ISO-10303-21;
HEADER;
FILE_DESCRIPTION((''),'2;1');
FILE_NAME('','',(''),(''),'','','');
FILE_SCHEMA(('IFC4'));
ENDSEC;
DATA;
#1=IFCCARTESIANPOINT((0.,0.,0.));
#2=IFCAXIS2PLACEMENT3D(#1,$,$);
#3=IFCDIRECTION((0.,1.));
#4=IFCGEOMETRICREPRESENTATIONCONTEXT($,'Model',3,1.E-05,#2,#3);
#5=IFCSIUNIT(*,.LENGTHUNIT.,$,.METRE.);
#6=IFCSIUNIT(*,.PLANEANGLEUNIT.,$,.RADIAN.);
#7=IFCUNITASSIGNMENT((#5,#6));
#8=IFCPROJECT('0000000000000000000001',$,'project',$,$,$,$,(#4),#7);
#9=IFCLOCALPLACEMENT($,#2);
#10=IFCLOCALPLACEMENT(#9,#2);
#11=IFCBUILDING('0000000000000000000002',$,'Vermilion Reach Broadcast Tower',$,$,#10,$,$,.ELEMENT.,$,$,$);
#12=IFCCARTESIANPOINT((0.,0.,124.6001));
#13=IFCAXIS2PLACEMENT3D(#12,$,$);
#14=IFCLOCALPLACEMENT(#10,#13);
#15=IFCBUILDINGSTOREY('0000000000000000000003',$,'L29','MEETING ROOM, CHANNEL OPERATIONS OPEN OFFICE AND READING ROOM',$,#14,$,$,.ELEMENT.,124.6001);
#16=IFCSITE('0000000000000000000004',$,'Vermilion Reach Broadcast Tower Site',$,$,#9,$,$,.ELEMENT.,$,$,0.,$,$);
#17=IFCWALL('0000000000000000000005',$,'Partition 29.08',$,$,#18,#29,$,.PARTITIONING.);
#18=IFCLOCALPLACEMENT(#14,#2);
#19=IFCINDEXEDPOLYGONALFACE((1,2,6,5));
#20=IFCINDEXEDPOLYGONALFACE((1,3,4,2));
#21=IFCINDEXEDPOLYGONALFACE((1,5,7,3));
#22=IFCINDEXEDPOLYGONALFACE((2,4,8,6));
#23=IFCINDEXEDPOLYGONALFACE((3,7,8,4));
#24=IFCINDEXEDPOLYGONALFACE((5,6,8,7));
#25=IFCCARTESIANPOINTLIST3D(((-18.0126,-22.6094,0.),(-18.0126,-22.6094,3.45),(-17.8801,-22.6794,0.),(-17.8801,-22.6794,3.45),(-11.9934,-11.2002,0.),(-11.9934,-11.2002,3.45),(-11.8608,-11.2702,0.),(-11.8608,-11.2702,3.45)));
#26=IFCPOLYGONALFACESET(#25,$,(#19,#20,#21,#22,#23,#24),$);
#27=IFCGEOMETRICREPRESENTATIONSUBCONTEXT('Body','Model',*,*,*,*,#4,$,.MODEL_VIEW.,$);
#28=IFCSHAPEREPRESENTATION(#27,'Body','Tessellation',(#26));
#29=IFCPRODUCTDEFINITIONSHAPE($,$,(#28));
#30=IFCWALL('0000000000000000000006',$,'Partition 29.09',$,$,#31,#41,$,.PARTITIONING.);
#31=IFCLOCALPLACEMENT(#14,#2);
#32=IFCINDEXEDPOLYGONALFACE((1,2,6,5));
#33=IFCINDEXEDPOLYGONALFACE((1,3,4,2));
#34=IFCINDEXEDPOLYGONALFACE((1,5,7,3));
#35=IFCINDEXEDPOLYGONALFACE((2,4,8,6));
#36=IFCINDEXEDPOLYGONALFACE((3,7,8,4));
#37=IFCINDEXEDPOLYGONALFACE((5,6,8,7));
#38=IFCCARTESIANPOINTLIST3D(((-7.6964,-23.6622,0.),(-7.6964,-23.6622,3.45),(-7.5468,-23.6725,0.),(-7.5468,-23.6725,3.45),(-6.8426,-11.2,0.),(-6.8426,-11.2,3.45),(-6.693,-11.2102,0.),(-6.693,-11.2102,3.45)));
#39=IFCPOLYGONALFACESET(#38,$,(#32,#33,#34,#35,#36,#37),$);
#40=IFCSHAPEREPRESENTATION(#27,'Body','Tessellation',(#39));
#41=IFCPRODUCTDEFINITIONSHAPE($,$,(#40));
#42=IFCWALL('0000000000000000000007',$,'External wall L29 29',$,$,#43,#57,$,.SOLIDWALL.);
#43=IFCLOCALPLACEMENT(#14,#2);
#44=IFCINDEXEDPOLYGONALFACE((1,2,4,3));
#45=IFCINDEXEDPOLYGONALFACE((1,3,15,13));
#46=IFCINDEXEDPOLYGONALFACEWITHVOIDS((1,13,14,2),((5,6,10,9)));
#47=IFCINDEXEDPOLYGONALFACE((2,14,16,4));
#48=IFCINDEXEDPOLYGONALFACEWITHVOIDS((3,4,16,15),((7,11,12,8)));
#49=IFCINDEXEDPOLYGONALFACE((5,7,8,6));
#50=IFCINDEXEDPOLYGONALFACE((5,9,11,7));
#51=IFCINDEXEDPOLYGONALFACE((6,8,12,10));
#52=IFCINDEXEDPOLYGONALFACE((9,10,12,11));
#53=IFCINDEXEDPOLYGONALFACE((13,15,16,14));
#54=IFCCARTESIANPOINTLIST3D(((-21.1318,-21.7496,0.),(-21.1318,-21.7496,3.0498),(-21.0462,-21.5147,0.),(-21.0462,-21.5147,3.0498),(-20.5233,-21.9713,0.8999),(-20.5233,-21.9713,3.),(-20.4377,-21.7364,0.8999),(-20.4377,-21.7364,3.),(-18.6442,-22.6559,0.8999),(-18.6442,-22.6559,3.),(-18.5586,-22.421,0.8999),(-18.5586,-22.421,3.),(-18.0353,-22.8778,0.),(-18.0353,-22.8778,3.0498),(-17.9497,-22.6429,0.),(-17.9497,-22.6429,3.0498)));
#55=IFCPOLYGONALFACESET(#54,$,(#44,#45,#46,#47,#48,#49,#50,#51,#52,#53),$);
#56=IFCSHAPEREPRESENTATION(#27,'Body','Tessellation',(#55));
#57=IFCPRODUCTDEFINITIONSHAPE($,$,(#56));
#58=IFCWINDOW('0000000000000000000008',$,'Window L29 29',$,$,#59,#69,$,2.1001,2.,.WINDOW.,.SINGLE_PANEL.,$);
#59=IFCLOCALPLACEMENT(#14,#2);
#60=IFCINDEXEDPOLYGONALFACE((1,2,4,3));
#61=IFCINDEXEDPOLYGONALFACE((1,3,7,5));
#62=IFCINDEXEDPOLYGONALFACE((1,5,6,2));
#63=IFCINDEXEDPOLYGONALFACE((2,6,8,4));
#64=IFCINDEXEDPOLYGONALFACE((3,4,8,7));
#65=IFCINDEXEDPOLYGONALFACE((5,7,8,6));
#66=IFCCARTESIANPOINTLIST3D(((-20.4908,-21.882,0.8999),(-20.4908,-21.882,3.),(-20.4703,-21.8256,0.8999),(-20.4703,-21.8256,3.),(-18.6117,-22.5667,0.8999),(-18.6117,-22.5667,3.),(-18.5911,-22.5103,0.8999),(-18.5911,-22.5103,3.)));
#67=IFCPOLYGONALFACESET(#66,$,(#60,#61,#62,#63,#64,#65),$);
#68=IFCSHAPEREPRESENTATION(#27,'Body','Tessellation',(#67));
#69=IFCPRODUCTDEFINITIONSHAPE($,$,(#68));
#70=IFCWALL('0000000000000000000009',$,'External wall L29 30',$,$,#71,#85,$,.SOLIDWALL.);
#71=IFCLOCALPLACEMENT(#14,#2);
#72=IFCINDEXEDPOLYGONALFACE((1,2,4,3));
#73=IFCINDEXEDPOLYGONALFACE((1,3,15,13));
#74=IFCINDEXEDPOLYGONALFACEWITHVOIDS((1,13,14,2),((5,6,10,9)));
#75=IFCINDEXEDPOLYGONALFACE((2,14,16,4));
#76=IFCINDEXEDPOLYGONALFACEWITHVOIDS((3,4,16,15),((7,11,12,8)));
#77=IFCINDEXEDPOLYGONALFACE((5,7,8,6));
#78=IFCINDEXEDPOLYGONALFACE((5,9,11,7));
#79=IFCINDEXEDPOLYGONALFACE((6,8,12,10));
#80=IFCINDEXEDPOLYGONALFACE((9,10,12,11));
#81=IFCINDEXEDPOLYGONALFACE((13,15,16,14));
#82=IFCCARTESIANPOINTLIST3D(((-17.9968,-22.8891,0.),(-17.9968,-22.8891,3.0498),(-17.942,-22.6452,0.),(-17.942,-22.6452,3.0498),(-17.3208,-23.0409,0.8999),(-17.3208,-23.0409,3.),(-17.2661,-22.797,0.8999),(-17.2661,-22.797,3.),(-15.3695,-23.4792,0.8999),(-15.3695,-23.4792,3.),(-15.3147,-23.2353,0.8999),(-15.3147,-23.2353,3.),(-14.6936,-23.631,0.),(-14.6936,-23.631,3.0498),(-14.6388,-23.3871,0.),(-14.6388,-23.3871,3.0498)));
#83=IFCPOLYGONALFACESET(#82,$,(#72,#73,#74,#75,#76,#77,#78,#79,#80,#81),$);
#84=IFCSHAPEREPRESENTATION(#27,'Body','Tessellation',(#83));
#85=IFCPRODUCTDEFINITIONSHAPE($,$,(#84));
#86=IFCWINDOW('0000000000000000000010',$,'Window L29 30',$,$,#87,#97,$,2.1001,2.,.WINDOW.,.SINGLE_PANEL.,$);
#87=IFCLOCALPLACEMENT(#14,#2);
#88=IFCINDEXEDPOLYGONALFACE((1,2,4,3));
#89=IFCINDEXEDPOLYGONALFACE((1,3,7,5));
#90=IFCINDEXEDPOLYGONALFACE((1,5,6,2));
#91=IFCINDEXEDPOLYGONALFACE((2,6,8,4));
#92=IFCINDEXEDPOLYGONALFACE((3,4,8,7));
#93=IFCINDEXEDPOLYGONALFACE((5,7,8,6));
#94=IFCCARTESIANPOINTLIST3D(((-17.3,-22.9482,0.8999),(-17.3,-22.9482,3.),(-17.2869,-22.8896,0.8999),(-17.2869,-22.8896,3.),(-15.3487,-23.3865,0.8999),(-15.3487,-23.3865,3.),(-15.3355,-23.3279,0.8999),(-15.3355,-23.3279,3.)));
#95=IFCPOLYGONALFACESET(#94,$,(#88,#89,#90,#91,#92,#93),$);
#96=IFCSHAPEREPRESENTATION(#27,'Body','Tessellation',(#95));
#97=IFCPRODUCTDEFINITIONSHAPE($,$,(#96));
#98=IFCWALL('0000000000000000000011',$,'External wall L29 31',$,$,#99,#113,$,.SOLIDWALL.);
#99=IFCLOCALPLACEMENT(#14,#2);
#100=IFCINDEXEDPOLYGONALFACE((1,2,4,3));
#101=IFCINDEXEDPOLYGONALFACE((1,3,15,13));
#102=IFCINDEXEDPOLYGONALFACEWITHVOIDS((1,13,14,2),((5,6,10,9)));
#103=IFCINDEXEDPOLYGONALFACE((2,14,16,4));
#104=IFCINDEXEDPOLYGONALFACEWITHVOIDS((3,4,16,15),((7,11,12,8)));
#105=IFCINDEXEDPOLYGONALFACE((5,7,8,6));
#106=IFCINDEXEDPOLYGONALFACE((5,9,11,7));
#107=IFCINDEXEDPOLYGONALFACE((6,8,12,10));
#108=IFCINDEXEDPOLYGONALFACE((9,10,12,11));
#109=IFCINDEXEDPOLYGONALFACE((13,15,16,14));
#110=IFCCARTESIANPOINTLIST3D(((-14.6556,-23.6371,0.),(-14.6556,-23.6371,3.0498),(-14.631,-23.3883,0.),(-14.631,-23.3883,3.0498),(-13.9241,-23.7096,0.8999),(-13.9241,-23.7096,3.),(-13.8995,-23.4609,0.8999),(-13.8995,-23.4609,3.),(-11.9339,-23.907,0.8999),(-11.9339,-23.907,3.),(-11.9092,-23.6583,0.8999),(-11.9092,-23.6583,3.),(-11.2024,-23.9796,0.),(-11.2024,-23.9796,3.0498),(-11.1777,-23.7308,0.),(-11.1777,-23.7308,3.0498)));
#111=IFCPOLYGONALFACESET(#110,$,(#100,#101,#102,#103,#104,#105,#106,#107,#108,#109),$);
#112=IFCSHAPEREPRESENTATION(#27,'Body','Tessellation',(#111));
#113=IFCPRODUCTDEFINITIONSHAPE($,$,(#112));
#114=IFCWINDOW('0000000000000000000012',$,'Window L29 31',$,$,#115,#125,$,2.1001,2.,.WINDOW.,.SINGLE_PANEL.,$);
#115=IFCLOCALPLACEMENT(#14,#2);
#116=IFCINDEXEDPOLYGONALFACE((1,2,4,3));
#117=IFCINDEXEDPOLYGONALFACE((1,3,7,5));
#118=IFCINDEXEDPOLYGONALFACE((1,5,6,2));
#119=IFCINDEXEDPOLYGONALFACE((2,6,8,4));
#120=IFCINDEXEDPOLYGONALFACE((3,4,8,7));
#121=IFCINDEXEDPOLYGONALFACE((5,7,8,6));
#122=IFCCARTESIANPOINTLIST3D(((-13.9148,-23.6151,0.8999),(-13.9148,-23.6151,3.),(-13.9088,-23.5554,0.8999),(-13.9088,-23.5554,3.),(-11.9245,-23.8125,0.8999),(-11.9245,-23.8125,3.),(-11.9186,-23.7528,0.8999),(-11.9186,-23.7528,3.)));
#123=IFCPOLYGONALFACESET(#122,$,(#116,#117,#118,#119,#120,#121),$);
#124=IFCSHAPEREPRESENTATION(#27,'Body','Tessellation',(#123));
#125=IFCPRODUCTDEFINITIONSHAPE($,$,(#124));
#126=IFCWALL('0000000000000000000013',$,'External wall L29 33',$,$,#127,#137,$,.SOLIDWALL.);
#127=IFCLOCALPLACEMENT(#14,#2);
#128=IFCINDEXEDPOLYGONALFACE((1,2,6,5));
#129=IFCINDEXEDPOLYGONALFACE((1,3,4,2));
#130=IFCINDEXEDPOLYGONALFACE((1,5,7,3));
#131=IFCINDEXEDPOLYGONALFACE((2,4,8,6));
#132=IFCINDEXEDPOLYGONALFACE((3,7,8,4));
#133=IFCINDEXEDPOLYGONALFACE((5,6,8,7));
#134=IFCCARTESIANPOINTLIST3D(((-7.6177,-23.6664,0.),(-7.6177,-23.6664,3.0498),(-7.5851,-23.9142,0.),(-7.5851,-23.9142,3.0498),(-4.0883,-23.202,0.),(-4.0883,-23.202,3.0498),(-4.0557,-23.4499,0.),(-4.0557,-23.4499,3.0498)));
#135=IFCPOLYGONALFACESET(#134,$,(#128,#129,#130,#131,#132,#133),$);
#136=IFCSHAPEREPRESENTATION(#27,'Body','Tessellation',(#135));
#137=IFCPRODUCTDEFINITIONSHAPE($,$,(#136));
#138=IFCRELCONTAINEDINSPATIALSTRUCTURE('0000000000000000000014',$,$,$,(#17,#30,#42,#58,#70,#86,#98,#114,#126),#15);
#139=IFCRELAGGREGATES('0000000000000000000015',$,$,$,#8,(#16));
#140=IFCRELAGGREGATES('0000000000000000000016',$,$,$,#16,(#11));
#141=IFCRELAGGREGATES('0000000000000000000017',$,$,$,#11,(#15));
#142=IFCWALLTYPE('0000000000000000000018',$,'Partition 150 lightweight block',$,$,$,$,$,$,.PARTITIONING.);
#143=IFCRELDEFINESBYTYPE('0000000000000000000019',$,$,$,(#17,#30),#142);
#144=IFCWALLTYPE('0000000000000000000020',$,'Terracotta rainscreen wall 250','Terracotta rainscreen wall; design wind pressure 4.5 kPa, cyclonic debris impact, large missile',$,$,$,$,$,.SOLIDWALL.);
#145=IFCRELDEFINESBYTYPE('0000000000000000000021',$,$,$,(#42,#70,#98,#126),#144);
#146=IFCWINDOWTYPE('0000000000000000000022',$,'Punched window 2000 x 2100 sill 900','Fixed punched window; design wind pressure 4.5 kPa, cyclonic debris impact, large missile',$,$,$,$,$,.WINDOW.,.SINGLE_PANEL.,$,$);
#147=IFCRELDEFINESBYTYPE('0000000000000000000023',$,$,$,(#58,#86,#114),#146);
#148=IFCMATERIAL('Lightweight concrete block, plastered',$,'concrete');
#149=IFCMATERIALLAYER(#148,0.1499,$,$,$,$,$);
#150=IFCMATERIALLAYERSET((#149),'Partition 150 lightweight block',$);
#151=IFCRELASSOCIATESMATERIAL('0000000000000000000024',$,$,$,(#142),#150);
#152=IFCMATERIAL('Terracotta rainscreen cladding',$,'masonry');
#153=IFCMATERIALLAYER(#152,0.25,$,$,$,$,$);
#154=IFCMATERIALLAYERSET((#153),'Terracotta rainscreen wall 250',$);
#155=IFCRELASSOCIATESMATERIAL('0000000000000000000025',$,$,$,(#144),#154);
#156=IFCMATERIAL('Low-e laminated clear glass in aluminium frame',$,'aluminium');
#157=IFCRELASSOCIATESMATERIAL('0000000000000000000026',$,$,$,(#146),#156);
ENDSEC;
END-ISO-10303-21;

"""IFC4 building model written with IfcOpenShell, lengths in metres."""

from ifc_helpers import new_model, si_unit, direction, frame, frame_2d, origin, place, context, subcontext, project, spatial, rectangle, extrude, material, layer, layer_set, type_object, element, fill, save


model = new_model("IFC4")

# Units and contexts
model_context = context("Model", 3, precision=1e-05, world=origin(), true_north=direction((0.0, 1.0)))
body_context = subcontext(model_context, "Body", "Model", "MODEL_VIEW")
ifc_project = project(units=[si_unit("LENGTHUNIT", "METRE"), si_unit("PLANEANGLEUNIT", "RADIAN")], contexts=[model_context])

# Site, building, storey
site_placement = place(None, origin())
site = spatial("IfcSite", under=ifc_project, at=site_placement, Name="Vermilion Reach Broadcast Tower Site", CompositionType="ELEMENT", RefElevation=0.0)
building_placement = place(site_placement, origin())
building = spatial("IfcBuilding", under=site, at=building_placement, Name="Vermilion Reach Broadcast Tower", CompositionType="ELEMENT")
storey_placement = place(building_placement, frame((0.0, 0.0, 124.6001)))
storey = spatial("IfcBuildingStorey", under=building, at=storey_placement, Name="L29", Description="MEETING ROOM, CHANNEL OPERATIONS OPEN OFFICE AND READING ROOM", CompositionType="ELEMENT", Elevation=124.6001)

# Walls
ifc_material_1 = material(Name="Lightweight concrete block, plastered", Category="concrete")
ifc_layer_1 = layer(ifc_material_1, 0.1499)
ifc_layer_set_1 = layer_set([ifc_layer_1], Name="Partition 150 lightweight block")
wall_type_1 = type_object("IfcWallType", Name="Partition 150 lightweight block", PredefinedType="PARTITIONING", material=ifc_layer_set_1)
wall_1_placement = place(storey_placement, frame((-17.9463, -22.6443, 0.0), z_axis=(0.0, 0.0, 1.0), x_axis=(0.466624, 0.884456, 0.0)))
element("IfcWall", 1, at=wall_1_placement, inside=storey, type_object=wall_type_1, Name="Partition 29.08", PredefinedType="PARTITIONING", context=body_context, shape_type="SweptSolid", body=[
    extrude(rectangle(XDim=12.8997, YDim=0.1499, at=frame_2d((6.4497, 0.0))), origin(), (0.0, 0.0, 1.0), 3.45),
])
wall_2_placement = place(storey_placement, frame((-7.6216, -23.6672, 0.0), z_axis=(0.0, 0.0, 1.0), x_axis=(0.068348, 0.997662, 0.0)))
element("IfcWall", 2, at=wall_2_placement, inside=storey, type_object=wall_type_1, Name="Partition 29.09", PredefinedType="PARTITIONING", context=body_context, shape_type="SweptSolid", body=[
    extrude(rectangle(XDim=12.4915, YDim=0.1499, at=frame_2d((6.2456, 0.0))), origin(), (0.0, 0.0, 1.0), 3.45),
])

# Walls, openings, windows
ifc_material_2 = material(Name="Terracotta rainscreen cladding", Category="masonry")
ifc_layer_2 = layer(ifc_material_2, 0.25)
ifc_layer_set_2 = layer_set([ifc_layer_2], Name="Terracotta rainscreen wall 250")
wall_type_2 = type_object("IfcWallType", Name="Terracotta rainscreen wall 250", Description="Terracotta rainscreen wall; design wind pressure 4.5 kPa, cyclonic debris impact, large missile", PredefinedType="SOLIDWALL", material=ifc_layer_set_2)
wall_3_placement = place(storey_placement, frame((-21.0891, -21.6321, 0.0), z_axis=(0.0, 0.0, 1.0), x_axis=(0.939579, -0.342332, 0.0)))
wall_3 = element("IfcWall", 3, at=wall_3_placement, inside=storey, type_object=wall_type_2, Name="External wall L29 29", PredefinedType="SOLIDWALL", context=body_context, shape_type="SweptSolid", body=[
    extrude(rectangle(XDim=3.2957, YDim=0.25, at=frame_2d((1.6479, 0.0))), origin(), (0.0, 0.0, 1.0), 3.0498),
])
opening_1_placement = place(wall_3_placement, frame((0.6477, 0.0, 0.8999)))
opening_1 = element("IfcOpeningElement", 4, at=opening_1_placement, cuts=wall_3, PredefinedType="OPENING", context=body_context, shape_type="SweptSolid", body=[
    extrude(rectangle(XDim=2.0, YDim=2.1001, at=frame_2d((1.0, 1.05))), frame((0.0, 0.135, 0.0), z_axis=(0.0, -1.0, 0.0), x_axis=(1.0, 0.0, 0.0)), (0.0, 0.0, 1.0), 0.27),
])
ifc_material_3 = material(Name="Low-e laminated clear glass in aluminium frame", Category="aluminium")
window_type = type_object("IfcWindowType", Name="Punched window 2000 x 2100 sill 900", Description="Fixed punched window; design wind pressure 4.5 kPa, cyclonic debris impact, large missile", PartitioningType="SINGLE_PANEL", PredefinedType="WINDOW", material=ifc_material_3)
window_1_placement = place(opening_1_placement, origin())
window_1 = element("IfcWindow", 5, at=window_1_placement, inside=storey, type_object=window_type, Name="Window L29 29", OverallHeight=2.1001, OverallWidth=2.0, PartitioningType="SINGLE_PANEL", PredefinedType="WINDOW", context=body_context, shape_type="SweptSolid", body=[
    extrude(rectangle(XDim=2.0, YDim=2.1001, at=frame_2d((1.0, 1.05))), frame((0.0, 0.03, 0.0), z_axis=(0.0, -1.0, 0.0), x_axis=(1.0, 0.0, 0.0)), (0.0, 0.0, 1.0), 0.0601),
])
fill(opening_1, window_1)
wall_4_placement = place(storey_placement, frame((-17.9695, -22.7671, 0.0), z_axis=(0.0, 0.0, 1.0), x_axis=(0.975691, -0.219152, 0.0)))
wall_4 = element("IfcWall", 6, at=wall_4_placement, inside=storey, type_object=wall_type_2, Name="External wall L29 30", PredefinedType="SOLIDWALL", context=body_context, shape_type="SweptSolid", body=[
    extrude(rectangle(XDim=3.3855, YDim=0.25, at=frame_2d((1.6929, 0.0))), origin(), (0.0, 0.0, 1.0), 3.0498),
])
opening_2_placement = place(wall_4_placement, frame((0.6929, 0.0, 0.8999)))
opening_2 = element("IfcOpeningElement", 7, at=opening_2_placement, cuts=wall_4, PredefinedType="OPENING", context=body_context, shape_type="SweptSolid", body=[
    extrude(rectangle(XDim=2.0, YDim=2.1001, at=frame_2d((1.0, 1.05))), frame((0.0, 0.135, 0.0), z_axis=(0.0, -1.0, 0.0), x_axis=(1.0, 0.0, 0.0)), (0.0, 0.0, 1.0), 0.27),
])
window_2_placement = place(opening_2_placement, origin())
window_2 = element("IfcWindow", 8, at=window_2_placement, inside=storey, type_object=window_type, Name="Window L29 30", OverallHeight=2.1001, OverallWidth=2.0, PartitioningType="SINGLE_PANEL", PredefinedType="WINDOW", context=body_context, shape_type="SweptSolid", body=[
    extrude(rectangle(XDim=2.0, YDim=2.1001, at=frame_2d((1.0, 1.05))), frame((0.0, 0.03, 0.0), z_axis=(0.0, -1.0, 0.0), x_axis=(1.0, 0.0, 0.0)), (0.0, 0.0, 1.0), 0.0601),
])
fill(opening_2, window_2)
wall_5_placement = place(storey_placement, frame((-14.6433, -23.5127, 0.0), z_axis=(0.0, 0.0, 1.0), x_axis=(0.995117, -0.098703, 0.0)))
wall_5 = element("IfcWall", 9, at=wall_5_placement, inside=storey, type_object=wall_type_2, Name="External wall L29 31", PredefinedType="SOLIDWALL", context=body_context, shape_type="SweptSolid", body=[
    extrude(rectangle(XDim=3.4702, YDim=0.25, at=frame_2d((1.7351, 0.0))), origin(), (0.0, 0.0, 1.0), 3.0498),
])
opening_3_placement = place(wall_5_placement, frame((0.7351, 0.0, 0.8999)))
opening_3 = element("IfcOpeningElement", 10, at=opening_3_placement, cuts=wall_5, PredefinedType="OPENING", context=body_context, shape_type="SweptSolid", body=[
    extrude(rectangle(XDim=2.0, YDim=2.1001, at=frame_2d((1.0, 1.05))), frame((0.0, 0.135, 0.0), z_axis=(0.0, -1.0, 0.0), x_axis=(1.0, 0.0, 0.0)), (0.0, 0.0, 1.0), 0.27),
])
window_3_placement = place(opening_3_placement, origin())
window_3 = element("IfcWindow", 11, at=window_3_placement, inside=storey, type_object=window_type, Name="Window L29 31", OverallHeight=2.1001, OverallWidth=2.0, PartitioningType="SINGLE_PANEL", PredefinedType="WINDOW", context=body_context, shape_type="SweptSolid", body=[
    extrude(rectangle(XDim=2.0, YDim=2.1001, at=frame_2d((1.0, 1.05))), frame((0.0, 0.03, 0.0), z_axis=(0.0, -1.0, 0.0), x_axis=(1.0, 0.0, 0.0)), (0.0, 0.0, 1.0), 0.0601),
])
fill(opening_3, window_3)

# Wall
wall_6_placement = place(storey_placement, frame((-7.6013, -23.7903, 0.0), z_axis=(0.0, 0.0, 1.0), x_axis=(0.991455, 0.130447, 0.0)))
element("IfcWall", 12, at=wall_6_placement, inside=storey, type_object=wall_type_2, Name="External wall L29 33", PredefinedType="SOLIDWALL", context=body_context, shape_type="SweptSolid", body=[
    extrude(rectangle(XDim=3.5598, YDim=0.25, at=frame_2d((1.7798, 0.0))), origin(), (0.0, 0.0, 1.0), 3.0498),
])

save(model, "model.ifc")
